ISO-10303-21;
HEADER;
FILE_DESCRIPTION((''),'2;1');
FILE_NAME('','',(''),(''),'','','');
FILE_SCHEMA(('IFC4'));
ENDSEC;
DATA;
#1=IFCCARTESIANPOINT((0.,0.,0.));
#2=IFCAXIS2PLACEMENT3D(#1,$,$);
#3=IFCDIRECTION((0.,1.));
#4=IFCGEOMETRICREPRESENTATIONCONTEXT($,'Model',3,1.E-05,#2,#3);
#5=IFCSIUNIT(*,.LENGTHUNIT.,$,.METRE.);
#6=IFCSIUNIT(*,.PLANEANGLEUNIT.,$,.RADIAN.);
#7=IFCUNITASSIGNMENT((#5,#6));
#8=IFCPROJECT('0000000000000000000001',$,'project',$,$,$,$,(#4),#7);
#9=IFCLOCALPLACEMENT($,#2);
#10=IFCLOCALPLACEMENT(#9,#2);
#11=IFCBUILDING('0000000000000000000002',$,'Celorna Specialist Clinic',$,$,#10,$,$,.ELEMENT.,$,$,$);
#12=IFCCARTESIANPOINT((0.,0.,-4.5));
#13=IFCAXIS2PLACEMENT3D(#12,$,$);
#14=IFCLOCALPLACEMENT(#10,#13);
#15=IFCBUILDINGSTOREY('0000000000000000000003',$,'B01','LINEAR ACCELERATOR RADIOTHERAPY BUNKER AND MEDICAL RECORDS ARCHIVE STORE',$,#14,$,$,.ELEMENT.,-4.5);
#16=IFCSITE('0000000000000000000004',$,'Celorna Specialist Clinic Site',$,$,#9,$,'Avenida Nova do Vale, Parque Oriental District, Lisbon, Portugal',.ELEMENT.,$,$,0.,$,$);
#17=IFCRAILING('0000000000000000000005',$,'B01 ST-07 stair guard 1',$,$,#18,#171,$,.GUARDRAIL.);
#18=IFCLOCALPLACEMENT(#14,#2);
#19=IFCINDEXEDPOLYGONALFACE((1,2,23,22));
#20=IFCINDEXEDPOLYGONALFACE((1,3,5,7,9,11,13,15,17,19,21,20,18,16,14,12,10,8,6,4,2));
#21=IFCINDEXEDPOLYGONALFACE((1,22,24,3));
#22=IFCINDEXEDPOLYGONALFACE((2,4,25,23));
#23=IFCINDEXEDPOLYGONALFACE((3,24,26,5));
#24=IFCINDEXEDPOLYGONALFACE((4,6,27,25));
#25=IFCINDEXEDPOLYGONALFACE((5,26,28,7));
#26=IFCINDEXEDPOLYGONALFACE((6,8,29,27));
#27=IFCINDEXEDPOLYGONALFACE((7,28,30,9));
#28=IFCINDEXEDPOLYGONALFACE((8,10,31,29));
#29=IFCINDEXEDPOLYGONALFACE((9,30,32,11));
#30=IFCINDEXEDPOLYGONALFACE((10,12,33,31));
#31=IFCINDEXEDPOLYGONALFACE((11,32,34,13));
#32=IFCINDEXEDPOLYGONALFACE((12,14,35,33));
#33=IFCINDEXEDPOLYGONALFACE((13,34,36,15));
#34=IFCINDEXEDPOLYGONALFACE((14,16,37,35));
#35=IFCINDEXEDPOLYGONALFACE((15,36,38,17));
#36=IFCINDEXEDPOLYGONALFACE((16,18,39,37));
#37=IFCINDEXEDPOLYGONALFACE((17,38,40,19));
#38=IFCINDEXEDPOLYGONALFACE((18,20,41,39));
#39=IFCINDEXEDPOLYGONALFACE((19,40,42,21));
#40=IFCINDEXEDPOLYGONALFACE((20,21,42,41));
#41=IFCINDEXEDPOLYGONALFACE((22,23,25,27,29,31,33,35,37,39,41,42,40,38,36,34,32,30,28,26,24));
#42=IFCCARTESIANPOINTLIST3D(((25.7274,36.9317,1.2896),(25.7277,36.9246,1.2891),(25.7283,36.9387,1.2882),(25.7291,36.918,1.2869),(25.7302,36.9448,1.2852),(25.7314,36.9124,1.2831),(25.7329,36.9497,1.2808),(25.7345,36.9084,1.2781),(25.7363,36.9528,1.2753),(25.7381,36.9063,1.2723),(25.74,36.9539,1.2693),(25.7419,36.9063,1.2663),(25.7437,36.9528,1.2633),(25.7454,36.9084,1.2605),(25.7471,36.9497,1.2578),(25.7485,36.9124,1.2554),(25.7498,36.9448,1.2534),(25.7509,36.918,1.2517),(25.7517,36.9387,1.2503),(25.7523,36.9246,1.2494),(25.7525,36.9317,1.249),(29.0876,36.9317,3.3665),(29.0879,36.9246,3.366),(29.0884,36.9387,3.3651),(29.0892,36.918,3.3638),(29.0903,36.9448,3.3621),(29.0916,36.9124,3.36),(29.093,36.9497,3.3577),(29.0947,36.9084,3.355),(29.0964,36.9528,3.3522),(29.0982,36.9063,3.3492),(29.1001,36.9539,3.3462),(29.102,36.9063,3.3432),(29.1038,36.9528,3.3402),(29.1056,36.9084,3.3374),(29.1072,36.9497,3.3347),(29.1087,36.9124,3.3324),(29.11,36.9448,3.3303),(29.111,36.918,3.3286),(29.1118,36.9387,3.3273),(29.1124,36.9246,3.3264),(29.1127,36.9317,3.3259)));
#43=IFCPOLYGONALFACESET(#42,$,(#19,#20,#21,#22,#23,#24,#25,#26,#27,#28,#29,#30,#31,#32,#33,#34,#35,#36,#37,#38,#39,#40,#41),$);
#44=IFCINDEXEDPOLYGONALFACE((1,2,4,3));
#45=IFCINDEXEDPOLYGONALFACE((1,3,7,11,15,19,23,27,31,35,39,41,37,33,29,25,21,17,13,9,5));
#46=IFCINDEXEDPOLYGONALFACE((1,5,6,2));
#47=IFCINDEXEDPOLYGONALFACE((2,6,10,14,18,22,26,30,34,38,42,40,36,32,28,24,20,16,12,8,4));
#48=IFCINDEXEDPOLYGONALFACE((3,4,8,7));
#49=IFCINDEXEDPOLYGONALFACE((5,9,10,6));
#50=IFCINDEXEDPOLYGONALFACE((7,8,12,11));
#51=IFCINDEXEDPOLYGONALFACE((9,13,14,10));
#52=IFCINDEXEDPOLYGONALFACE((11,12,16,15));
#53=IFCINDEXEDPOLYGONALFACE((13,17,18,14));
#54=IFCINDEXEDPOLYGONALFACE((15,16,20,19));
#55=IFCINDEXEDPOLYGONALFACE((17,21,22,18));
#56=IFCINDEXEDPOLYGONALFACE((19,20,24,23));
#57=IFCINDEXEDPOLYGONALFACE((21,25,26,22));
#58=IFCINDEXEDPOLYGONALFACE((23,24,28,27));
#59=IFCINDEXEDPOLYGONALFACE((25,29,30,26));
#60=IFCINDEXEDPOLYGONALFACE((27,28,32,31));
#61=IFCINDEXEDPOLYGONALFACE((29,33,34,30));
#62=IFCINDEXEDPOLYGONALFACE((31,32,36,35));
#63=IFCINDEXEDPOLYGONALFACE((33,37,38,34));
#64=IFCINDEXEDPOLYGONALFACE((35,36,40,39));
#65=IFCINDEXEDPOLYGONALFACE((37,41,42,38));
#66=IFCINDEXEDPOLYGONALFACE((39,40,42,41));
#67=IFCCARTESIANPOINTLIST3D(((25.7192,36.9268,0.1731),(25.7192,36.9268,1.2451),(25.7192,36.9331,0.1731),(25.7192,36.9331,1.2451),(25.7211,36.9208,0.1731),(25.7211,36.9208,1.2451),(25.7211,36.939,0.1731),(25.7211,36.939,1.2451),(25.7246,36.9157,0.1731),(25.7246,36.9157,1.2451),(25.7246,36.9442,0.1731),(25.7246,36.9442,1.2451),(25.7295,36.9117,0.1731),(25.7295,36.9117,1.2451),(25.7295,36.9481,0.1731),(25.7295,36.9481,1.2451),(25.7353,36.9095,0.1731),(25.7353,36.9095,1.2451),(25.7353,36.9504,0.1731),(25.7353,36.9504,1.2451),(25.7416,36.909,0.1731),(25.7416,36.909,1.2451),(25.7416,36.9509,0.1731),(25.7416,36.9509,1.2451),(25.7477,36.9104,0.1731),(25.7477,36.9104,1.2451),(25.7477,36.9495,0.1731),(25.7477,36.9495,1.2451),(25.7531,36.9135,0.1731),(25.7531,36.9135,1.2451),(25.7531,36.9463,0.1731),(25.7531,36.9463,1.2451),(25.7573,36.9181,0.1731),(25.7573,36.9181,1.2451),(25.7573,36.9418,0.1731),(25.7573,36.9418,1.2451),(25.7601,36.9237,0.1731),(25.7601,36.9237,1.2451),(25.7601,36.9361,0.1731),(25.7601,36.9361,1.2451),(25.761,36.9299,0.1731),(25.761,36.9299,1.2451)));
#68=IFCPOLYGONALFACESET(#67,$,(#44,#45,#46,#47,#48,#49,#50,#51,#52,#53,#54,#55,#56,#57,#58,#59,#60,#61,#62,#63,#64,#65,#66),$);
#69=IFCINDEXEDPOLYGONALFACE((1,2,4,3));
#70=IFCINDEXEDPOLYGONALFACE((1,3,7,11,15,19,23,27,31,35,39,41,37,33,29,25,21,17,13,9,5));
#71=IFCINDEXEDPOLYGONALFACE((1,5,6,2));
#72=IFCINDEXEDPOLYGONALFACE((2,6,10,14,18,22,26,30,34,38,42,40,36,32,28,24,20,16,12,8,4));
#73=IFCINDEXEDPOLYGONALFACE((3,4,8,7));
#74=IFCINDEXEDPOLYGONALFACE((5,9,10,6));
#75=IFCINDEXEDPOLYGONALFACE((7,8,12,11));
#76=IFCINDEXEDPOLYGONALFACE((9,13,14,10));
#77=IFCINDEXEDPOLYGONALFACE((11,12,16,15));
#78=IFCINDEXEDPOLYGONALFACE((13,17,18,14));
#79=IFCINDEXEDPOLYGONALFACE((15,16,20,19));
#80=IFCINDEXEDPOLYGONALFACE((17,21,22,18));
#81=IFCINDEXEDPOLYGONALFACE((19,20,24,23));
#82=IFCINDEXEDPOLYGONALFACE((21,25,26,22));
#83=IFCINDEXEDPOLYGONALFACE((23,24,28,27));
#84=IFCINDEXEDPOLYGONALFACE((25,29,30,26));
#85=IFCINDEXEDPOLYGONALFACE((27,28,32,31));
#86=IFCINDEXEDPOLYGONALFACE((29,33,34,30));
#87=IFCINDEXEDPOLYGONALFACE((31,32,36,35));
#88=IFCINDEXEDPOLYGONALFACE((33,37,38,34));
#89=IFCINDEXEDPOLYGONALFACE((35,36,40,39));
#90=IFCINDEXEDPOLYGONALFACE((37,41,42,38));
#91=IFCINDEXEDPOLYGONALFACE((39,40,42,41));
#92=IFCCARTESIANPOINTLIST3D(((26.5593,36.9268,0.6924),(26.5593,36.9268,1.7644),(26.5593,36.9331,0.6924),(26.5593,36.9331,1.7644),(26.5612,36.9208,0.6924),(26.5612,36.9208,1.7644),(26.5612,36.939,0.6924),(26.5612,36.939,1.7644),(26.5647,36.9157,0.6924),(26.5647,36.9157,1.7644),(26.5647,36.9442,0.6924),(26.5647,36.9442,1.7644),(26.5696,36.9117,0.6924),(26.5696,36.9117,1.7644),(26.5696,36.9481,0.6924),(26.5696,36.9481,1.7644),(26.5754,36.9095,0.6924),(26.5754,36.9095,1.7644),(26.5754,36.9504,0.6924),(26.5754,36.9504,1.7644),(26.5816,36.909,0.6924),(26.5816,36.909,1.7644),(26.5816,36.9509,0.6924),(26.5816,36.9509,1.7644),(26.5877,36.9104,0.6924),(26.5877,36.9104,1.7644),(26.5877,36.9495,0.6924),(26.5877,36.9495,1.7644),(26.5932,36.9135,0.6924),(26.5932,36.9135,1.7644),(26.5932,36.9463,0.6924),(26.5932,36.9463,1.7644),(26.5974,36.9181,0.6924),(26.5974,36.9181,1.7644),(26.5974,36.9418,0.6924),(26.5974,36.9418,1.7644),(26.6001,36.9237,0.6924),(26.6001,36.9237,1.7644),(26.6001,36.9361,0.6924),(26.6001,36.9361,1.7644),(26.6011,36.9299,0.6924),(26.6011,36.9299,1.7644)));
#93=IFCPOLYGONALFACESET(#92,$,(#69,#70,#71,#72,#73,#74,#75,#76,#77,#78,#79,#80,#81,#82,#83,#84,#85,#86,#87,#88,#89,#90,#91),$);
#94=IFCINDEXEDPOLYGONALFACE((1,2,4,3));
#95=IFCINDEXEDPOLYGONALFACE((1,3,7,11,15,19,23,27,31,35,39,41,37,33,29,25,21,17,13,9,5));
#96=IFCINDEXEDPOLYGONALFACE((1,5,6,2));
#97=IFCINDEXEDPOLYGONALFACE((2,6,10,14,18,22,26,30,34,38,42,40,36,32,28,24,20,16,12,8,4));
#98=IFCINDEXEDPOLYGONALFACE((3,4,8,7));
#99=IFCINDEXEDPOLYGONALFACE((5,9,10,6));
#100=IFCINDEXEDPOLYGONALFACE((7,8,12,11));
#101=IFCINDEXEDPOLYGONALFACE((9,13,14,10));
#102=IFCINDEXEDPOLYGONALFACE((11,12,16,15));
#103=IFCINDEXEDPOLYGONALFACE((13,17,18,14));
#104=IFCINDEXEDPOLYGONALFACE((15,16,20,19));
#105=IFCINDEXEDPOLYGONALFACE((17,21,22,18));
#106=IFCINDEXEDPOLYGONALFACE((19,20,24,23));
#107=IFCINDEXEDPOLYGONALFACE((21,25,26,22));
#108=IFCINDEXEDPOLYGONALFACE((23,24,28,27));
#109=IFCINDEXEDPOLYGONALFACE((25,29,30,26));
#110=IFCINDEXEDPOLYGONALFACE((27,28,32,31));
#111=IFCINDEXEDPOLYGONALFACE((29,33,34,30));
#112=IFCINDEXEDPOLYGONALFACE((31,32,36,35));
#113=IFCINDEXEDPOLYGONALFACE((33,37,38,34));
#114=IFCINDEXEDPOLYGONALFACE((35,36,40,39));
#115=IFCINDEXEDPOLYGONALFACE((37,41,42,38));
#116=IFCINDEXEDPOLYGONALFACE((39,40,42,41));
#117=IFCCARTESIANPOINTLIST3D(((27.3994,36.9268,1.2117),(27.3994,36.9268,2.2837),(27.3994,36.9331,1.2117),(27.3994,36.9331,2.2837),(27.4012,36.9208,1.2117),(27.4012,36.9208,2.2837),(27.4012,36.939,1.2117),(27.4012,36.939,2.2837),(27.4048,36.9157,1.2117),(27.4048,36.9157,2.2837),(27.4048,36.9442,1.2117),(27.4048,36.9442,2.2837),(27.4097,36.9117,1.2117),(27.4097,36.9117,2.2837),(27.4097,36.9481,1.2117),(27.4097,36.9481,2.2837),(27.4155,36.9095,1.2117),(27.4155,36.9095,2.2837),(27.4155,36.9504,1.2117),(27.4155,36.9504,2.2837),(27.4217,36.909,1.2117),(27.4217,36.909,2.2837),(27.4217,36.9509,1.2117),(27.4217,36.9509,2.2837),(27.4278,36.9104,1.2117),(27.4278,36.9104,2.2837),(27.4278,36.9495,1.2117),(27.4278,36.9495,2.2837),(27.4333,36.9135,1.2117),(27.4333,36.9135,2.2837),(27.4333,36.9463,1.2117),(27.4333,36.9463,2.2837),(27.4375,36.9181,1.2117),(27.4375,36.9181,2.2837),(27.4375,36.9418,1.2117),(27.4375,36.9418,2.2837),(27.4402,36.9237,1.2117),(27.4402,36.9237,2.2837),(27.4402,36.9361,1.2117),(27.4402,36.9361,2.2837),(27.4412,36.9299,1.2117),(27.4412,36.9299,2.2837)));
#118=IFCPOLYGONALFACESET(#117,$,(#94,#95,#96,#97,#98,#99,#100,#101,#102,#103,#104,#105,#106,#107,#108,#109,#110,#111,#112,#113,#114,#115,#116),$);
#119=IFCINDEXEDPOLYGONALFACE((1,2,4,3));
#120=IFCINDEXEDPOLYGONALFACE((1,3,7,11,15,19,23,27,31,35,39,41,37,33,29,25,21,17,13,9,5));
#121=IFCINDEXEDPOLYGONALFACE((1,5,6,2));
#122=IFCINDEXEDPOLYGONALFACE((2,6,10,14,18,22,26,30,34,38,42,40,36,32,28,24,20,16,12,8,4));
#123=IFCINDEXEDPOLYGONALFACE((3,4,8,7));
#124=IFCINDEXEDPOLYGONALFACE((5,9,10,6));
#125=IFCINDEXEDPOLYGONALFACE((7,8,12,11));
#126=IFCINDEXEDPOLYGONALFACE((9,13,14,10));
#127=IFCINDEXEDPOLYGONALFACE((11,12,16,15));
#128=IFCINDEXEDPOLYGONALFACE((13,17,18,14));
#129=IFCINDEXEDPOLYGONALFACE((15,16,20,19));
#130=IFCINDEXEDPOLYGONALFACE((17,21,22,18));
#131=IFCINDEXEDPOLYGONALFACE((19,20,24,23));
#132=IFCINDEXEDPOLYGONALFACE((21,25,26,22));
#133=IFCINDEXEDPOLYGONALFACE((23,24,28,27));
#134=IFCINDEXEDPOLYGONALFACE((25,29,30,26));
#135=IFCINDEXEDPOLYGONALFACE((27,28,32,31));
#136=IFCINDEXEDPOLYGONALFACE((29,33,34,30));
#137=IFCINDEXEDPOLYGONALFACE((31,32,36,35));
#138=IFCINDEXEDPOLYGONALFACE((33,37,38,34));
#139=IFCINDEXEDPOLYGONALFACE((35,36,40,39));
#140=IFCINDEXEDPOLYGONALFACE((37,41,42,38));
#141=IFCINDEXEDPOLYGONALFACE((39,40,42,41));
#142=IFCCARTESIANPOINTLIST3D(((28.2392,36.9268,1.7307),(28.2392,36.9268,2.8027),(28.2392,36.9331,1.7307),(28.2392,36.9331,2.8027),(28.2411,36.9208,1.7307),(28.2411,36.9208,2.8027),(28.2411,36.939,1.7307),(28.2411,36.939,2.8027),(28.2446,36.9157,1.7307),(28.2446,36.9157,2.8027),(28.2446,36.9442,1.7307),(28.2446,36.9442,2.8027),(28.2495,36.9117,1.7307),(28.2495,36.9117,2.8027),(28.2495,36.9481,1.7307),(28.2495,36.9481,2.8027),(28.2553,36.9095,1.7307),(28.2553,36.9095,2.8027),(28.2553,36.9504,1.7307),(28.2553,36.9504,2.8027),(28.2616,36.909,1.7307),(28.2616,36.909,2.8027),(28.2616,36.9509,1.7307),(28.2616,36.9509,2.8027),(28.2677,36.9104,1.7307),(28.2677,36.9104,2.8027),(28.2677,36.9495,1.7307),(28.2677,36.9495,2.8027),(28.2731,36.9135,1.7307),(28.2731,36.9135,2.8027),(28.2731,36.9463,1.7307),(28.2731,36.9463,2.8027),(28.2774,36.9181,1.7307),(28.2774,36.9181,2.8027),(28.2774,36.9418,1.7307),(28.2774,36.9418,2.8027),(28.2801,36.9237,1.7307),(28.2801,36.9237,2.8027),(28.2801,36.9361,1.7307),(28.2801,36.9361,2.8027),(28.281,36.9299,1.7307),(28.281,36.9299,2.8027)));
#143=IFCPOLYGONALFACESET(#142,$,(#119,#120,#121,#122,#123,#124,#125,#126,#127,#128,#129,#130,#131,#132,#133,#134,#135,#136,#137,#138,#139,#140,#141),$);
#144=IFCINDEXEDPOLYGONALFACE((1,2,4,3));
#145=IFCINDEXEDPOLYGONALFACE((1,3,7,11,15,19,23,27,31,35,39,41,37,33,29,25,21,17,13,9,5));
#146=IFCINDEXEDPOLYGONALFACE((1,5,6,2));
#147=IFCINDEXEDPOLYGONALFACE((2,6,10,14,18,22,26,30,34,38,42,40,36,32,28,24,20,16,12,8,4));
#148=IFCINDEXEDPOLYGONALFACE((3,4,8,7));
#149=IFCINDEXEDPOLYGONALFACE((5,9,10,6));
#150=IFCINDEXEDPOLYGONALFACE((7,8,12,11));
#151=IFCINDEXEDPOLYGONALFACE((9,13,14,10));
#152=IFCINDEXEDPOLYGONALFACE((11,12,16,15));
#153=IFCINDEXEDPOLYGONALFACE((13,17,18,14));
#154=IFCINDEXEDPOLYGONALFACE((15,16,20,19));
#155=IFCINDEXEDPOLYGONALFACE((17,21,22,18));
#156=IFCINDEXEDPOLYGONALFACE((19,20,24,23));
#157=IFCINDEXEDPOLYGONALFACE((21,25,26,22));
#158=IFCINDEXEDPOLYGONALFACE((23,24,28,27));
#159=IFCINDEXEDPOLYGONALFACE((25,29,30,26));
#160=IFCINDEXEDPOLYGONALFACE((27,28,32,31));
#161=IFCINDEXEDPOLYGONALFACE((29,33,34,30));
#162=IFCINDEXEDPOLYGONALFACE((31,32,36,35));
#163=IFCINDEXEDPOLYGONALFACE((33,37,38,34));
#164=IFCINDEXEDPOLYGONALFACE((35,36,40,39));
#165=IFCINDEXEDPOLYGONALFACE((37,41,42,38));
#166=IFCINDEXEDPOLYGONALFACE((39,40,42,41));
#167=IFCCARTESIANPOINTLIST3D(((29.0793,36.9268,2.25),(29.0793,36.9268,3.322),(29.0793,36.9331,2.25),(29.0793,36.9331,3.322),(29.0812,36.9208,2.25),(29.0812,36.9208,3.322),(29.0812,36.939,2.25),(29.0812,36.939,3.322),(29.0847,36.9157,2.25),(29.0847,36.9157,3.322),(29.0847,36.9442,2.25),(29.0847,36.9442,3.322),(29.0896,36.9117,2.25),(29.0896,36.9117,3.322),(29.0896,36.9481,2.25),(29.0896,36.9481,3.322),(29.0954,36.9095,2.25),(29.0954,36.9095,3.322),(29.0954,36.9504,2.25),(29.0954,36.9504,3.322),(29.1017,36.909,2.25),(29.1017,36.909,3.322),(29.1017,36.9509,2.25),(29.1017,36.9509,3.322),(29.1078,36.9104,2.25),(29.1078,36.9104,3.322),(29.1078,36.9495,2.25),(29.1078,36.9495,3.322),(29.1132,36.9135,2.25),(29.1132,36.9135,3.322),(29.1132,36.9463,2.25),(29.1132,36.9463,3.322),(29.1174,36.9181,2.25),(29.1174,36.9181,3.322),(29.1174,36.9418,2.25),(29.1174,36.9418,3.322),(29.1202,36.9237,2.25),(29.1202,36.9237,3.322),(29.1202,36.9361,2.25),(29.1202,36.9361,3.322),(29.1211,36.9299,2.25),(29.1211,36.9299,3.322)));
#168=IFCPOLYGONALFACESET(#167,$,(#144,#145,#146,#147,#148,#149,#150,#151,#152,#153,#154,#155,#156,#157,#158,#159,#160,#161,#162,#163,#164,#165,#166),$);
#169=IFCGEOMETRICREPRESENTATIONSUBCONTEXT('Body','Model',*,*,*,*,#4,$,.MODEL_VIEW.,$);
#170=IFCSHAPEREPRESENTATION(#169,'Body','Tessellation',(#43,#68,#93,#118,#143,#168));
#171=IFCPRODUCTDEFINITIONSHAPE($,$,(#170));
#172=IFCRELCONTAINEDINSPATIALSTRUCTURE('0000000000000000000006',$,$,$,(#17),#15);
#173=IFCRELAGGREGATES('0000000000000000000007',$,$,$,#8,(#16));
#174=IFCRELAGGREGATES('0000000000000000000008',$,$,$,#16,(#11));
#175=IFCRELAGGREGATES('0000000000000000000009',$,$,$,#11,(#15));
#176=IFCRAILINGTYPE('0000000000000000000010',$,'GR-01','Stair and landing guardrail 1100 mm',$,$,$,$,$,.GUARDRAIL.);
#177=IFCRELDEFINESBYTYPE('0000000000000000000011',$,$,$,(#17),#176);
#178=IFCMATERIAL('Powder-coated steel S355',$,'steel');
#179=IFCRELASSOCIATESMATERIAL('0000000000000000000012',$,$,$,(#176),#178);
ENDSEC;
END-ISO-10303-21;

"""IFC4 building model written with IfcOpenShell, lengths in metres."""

from ifc_helpers import new_model, si_unit, direction, frame, origin, origin_2d, place, context, subcontext, project, spatial, circle, extrude, material, type_object, element, save


model = new_model("IFC4")

# Units and contexts
model_context = context("Model", 3, precision=1e-05, world=origin(), true_north=direction((0.0, 1.0)))
body_context = subcontext(model_context, "Body", "Model", "MODEL_VIEW")
ifc_project = project(units=[si_unit("LENGTHUNIT", "METRE"), si_unit("PLANEANGLEUNIT", "RADIAN")], contexts=[model_context])

# Site, building, storey
site_placement = place(None, origin())
site = spatial("IfcSite", under=ifc_project, at=site_placement, Name="Celorna Specialist Clinic Site", LongName="Avenida Nova do Vale, Parque Oriental District, Lisbon, Portugal", CompositionType="ELEMENT", RefElevation=0.0)
building_placement = place(site_placement, origin())
building = spatial("IfcBuilding", under=site, at=building_placement, Name="Celorna Specialist Clinic", CompositionType="ELEMENT")
storey_placement = place(building_placement, frame((0.0, 0.0, -4.5)))
storey = spatial("IfcBuildingStorey", under=building, at=storey_placement, Name="B01", Description="LINEAR ACCELERATOR RADIOTHERAPY BUNKER AND MEDICAL RECORDS ARCHIVE STORE", CompositionType="ELEMENT", Elevation=-4.5)

# Railing
ifc_material_1 = material(Name="Powder-coated steel S355", Category="steel")
railing_type_1 = type_object("IfcRailingType", Name="GR-01", Description="Stair and landing guardrail 1100 mm", PredefinedType="GUARDRAIL", material=ifc_material_1)
railing_1_placement = place(storey_placement, frame((25.74, 36.9299, 0.1731)))
element("IfcRailing", 1, at=railing_1_placement, inside=storey, type_object=railing_type_1, Name="B01 ST-07 stair guard 1", PredefinedType="GUARDRAIL", context=body_context, shape_type="SweptSolid", body=[
    extrude(circle(Radius=0.0239, at=origin_2d()), frame((0.0, 0.0, 1.0962), z_axis=(0.850623, 0.0, 0.525776), x_axis=(0.0, 1.0, 0.0)), (0.0, 0.0, 1.0), 3.9502),
    extrude(circle(Radius=0.021, at=origin_2d()), origin(), (0.0, 0.0, 1.0), 1.072),
    extrude(circle(Radius=0.021, at=origin_2d()), frame((0.8401, 0.0, 0.5193)), (0.0, 0.0, 1.0), 1.072),
    extrude(circle(Radius=0.021, at=origin_2d()), frame((1.6802, 0.0, 1.0386)), (0.0, 0.0, 1.0), 1.072),
    extrude(circle(Radius=0.021, at=origin_2d()), frame((2.52, 0.0, 1.5576)), (0.0, 0.0, 1.0), 1.072),
    extrude(circle(Radius=0.021, at=origin_2d()), frame((3.3601, 0.0, 2.0769)), (0.0, 0.0, 1.0), 1.072),
])

save(model, "model.ifc")
